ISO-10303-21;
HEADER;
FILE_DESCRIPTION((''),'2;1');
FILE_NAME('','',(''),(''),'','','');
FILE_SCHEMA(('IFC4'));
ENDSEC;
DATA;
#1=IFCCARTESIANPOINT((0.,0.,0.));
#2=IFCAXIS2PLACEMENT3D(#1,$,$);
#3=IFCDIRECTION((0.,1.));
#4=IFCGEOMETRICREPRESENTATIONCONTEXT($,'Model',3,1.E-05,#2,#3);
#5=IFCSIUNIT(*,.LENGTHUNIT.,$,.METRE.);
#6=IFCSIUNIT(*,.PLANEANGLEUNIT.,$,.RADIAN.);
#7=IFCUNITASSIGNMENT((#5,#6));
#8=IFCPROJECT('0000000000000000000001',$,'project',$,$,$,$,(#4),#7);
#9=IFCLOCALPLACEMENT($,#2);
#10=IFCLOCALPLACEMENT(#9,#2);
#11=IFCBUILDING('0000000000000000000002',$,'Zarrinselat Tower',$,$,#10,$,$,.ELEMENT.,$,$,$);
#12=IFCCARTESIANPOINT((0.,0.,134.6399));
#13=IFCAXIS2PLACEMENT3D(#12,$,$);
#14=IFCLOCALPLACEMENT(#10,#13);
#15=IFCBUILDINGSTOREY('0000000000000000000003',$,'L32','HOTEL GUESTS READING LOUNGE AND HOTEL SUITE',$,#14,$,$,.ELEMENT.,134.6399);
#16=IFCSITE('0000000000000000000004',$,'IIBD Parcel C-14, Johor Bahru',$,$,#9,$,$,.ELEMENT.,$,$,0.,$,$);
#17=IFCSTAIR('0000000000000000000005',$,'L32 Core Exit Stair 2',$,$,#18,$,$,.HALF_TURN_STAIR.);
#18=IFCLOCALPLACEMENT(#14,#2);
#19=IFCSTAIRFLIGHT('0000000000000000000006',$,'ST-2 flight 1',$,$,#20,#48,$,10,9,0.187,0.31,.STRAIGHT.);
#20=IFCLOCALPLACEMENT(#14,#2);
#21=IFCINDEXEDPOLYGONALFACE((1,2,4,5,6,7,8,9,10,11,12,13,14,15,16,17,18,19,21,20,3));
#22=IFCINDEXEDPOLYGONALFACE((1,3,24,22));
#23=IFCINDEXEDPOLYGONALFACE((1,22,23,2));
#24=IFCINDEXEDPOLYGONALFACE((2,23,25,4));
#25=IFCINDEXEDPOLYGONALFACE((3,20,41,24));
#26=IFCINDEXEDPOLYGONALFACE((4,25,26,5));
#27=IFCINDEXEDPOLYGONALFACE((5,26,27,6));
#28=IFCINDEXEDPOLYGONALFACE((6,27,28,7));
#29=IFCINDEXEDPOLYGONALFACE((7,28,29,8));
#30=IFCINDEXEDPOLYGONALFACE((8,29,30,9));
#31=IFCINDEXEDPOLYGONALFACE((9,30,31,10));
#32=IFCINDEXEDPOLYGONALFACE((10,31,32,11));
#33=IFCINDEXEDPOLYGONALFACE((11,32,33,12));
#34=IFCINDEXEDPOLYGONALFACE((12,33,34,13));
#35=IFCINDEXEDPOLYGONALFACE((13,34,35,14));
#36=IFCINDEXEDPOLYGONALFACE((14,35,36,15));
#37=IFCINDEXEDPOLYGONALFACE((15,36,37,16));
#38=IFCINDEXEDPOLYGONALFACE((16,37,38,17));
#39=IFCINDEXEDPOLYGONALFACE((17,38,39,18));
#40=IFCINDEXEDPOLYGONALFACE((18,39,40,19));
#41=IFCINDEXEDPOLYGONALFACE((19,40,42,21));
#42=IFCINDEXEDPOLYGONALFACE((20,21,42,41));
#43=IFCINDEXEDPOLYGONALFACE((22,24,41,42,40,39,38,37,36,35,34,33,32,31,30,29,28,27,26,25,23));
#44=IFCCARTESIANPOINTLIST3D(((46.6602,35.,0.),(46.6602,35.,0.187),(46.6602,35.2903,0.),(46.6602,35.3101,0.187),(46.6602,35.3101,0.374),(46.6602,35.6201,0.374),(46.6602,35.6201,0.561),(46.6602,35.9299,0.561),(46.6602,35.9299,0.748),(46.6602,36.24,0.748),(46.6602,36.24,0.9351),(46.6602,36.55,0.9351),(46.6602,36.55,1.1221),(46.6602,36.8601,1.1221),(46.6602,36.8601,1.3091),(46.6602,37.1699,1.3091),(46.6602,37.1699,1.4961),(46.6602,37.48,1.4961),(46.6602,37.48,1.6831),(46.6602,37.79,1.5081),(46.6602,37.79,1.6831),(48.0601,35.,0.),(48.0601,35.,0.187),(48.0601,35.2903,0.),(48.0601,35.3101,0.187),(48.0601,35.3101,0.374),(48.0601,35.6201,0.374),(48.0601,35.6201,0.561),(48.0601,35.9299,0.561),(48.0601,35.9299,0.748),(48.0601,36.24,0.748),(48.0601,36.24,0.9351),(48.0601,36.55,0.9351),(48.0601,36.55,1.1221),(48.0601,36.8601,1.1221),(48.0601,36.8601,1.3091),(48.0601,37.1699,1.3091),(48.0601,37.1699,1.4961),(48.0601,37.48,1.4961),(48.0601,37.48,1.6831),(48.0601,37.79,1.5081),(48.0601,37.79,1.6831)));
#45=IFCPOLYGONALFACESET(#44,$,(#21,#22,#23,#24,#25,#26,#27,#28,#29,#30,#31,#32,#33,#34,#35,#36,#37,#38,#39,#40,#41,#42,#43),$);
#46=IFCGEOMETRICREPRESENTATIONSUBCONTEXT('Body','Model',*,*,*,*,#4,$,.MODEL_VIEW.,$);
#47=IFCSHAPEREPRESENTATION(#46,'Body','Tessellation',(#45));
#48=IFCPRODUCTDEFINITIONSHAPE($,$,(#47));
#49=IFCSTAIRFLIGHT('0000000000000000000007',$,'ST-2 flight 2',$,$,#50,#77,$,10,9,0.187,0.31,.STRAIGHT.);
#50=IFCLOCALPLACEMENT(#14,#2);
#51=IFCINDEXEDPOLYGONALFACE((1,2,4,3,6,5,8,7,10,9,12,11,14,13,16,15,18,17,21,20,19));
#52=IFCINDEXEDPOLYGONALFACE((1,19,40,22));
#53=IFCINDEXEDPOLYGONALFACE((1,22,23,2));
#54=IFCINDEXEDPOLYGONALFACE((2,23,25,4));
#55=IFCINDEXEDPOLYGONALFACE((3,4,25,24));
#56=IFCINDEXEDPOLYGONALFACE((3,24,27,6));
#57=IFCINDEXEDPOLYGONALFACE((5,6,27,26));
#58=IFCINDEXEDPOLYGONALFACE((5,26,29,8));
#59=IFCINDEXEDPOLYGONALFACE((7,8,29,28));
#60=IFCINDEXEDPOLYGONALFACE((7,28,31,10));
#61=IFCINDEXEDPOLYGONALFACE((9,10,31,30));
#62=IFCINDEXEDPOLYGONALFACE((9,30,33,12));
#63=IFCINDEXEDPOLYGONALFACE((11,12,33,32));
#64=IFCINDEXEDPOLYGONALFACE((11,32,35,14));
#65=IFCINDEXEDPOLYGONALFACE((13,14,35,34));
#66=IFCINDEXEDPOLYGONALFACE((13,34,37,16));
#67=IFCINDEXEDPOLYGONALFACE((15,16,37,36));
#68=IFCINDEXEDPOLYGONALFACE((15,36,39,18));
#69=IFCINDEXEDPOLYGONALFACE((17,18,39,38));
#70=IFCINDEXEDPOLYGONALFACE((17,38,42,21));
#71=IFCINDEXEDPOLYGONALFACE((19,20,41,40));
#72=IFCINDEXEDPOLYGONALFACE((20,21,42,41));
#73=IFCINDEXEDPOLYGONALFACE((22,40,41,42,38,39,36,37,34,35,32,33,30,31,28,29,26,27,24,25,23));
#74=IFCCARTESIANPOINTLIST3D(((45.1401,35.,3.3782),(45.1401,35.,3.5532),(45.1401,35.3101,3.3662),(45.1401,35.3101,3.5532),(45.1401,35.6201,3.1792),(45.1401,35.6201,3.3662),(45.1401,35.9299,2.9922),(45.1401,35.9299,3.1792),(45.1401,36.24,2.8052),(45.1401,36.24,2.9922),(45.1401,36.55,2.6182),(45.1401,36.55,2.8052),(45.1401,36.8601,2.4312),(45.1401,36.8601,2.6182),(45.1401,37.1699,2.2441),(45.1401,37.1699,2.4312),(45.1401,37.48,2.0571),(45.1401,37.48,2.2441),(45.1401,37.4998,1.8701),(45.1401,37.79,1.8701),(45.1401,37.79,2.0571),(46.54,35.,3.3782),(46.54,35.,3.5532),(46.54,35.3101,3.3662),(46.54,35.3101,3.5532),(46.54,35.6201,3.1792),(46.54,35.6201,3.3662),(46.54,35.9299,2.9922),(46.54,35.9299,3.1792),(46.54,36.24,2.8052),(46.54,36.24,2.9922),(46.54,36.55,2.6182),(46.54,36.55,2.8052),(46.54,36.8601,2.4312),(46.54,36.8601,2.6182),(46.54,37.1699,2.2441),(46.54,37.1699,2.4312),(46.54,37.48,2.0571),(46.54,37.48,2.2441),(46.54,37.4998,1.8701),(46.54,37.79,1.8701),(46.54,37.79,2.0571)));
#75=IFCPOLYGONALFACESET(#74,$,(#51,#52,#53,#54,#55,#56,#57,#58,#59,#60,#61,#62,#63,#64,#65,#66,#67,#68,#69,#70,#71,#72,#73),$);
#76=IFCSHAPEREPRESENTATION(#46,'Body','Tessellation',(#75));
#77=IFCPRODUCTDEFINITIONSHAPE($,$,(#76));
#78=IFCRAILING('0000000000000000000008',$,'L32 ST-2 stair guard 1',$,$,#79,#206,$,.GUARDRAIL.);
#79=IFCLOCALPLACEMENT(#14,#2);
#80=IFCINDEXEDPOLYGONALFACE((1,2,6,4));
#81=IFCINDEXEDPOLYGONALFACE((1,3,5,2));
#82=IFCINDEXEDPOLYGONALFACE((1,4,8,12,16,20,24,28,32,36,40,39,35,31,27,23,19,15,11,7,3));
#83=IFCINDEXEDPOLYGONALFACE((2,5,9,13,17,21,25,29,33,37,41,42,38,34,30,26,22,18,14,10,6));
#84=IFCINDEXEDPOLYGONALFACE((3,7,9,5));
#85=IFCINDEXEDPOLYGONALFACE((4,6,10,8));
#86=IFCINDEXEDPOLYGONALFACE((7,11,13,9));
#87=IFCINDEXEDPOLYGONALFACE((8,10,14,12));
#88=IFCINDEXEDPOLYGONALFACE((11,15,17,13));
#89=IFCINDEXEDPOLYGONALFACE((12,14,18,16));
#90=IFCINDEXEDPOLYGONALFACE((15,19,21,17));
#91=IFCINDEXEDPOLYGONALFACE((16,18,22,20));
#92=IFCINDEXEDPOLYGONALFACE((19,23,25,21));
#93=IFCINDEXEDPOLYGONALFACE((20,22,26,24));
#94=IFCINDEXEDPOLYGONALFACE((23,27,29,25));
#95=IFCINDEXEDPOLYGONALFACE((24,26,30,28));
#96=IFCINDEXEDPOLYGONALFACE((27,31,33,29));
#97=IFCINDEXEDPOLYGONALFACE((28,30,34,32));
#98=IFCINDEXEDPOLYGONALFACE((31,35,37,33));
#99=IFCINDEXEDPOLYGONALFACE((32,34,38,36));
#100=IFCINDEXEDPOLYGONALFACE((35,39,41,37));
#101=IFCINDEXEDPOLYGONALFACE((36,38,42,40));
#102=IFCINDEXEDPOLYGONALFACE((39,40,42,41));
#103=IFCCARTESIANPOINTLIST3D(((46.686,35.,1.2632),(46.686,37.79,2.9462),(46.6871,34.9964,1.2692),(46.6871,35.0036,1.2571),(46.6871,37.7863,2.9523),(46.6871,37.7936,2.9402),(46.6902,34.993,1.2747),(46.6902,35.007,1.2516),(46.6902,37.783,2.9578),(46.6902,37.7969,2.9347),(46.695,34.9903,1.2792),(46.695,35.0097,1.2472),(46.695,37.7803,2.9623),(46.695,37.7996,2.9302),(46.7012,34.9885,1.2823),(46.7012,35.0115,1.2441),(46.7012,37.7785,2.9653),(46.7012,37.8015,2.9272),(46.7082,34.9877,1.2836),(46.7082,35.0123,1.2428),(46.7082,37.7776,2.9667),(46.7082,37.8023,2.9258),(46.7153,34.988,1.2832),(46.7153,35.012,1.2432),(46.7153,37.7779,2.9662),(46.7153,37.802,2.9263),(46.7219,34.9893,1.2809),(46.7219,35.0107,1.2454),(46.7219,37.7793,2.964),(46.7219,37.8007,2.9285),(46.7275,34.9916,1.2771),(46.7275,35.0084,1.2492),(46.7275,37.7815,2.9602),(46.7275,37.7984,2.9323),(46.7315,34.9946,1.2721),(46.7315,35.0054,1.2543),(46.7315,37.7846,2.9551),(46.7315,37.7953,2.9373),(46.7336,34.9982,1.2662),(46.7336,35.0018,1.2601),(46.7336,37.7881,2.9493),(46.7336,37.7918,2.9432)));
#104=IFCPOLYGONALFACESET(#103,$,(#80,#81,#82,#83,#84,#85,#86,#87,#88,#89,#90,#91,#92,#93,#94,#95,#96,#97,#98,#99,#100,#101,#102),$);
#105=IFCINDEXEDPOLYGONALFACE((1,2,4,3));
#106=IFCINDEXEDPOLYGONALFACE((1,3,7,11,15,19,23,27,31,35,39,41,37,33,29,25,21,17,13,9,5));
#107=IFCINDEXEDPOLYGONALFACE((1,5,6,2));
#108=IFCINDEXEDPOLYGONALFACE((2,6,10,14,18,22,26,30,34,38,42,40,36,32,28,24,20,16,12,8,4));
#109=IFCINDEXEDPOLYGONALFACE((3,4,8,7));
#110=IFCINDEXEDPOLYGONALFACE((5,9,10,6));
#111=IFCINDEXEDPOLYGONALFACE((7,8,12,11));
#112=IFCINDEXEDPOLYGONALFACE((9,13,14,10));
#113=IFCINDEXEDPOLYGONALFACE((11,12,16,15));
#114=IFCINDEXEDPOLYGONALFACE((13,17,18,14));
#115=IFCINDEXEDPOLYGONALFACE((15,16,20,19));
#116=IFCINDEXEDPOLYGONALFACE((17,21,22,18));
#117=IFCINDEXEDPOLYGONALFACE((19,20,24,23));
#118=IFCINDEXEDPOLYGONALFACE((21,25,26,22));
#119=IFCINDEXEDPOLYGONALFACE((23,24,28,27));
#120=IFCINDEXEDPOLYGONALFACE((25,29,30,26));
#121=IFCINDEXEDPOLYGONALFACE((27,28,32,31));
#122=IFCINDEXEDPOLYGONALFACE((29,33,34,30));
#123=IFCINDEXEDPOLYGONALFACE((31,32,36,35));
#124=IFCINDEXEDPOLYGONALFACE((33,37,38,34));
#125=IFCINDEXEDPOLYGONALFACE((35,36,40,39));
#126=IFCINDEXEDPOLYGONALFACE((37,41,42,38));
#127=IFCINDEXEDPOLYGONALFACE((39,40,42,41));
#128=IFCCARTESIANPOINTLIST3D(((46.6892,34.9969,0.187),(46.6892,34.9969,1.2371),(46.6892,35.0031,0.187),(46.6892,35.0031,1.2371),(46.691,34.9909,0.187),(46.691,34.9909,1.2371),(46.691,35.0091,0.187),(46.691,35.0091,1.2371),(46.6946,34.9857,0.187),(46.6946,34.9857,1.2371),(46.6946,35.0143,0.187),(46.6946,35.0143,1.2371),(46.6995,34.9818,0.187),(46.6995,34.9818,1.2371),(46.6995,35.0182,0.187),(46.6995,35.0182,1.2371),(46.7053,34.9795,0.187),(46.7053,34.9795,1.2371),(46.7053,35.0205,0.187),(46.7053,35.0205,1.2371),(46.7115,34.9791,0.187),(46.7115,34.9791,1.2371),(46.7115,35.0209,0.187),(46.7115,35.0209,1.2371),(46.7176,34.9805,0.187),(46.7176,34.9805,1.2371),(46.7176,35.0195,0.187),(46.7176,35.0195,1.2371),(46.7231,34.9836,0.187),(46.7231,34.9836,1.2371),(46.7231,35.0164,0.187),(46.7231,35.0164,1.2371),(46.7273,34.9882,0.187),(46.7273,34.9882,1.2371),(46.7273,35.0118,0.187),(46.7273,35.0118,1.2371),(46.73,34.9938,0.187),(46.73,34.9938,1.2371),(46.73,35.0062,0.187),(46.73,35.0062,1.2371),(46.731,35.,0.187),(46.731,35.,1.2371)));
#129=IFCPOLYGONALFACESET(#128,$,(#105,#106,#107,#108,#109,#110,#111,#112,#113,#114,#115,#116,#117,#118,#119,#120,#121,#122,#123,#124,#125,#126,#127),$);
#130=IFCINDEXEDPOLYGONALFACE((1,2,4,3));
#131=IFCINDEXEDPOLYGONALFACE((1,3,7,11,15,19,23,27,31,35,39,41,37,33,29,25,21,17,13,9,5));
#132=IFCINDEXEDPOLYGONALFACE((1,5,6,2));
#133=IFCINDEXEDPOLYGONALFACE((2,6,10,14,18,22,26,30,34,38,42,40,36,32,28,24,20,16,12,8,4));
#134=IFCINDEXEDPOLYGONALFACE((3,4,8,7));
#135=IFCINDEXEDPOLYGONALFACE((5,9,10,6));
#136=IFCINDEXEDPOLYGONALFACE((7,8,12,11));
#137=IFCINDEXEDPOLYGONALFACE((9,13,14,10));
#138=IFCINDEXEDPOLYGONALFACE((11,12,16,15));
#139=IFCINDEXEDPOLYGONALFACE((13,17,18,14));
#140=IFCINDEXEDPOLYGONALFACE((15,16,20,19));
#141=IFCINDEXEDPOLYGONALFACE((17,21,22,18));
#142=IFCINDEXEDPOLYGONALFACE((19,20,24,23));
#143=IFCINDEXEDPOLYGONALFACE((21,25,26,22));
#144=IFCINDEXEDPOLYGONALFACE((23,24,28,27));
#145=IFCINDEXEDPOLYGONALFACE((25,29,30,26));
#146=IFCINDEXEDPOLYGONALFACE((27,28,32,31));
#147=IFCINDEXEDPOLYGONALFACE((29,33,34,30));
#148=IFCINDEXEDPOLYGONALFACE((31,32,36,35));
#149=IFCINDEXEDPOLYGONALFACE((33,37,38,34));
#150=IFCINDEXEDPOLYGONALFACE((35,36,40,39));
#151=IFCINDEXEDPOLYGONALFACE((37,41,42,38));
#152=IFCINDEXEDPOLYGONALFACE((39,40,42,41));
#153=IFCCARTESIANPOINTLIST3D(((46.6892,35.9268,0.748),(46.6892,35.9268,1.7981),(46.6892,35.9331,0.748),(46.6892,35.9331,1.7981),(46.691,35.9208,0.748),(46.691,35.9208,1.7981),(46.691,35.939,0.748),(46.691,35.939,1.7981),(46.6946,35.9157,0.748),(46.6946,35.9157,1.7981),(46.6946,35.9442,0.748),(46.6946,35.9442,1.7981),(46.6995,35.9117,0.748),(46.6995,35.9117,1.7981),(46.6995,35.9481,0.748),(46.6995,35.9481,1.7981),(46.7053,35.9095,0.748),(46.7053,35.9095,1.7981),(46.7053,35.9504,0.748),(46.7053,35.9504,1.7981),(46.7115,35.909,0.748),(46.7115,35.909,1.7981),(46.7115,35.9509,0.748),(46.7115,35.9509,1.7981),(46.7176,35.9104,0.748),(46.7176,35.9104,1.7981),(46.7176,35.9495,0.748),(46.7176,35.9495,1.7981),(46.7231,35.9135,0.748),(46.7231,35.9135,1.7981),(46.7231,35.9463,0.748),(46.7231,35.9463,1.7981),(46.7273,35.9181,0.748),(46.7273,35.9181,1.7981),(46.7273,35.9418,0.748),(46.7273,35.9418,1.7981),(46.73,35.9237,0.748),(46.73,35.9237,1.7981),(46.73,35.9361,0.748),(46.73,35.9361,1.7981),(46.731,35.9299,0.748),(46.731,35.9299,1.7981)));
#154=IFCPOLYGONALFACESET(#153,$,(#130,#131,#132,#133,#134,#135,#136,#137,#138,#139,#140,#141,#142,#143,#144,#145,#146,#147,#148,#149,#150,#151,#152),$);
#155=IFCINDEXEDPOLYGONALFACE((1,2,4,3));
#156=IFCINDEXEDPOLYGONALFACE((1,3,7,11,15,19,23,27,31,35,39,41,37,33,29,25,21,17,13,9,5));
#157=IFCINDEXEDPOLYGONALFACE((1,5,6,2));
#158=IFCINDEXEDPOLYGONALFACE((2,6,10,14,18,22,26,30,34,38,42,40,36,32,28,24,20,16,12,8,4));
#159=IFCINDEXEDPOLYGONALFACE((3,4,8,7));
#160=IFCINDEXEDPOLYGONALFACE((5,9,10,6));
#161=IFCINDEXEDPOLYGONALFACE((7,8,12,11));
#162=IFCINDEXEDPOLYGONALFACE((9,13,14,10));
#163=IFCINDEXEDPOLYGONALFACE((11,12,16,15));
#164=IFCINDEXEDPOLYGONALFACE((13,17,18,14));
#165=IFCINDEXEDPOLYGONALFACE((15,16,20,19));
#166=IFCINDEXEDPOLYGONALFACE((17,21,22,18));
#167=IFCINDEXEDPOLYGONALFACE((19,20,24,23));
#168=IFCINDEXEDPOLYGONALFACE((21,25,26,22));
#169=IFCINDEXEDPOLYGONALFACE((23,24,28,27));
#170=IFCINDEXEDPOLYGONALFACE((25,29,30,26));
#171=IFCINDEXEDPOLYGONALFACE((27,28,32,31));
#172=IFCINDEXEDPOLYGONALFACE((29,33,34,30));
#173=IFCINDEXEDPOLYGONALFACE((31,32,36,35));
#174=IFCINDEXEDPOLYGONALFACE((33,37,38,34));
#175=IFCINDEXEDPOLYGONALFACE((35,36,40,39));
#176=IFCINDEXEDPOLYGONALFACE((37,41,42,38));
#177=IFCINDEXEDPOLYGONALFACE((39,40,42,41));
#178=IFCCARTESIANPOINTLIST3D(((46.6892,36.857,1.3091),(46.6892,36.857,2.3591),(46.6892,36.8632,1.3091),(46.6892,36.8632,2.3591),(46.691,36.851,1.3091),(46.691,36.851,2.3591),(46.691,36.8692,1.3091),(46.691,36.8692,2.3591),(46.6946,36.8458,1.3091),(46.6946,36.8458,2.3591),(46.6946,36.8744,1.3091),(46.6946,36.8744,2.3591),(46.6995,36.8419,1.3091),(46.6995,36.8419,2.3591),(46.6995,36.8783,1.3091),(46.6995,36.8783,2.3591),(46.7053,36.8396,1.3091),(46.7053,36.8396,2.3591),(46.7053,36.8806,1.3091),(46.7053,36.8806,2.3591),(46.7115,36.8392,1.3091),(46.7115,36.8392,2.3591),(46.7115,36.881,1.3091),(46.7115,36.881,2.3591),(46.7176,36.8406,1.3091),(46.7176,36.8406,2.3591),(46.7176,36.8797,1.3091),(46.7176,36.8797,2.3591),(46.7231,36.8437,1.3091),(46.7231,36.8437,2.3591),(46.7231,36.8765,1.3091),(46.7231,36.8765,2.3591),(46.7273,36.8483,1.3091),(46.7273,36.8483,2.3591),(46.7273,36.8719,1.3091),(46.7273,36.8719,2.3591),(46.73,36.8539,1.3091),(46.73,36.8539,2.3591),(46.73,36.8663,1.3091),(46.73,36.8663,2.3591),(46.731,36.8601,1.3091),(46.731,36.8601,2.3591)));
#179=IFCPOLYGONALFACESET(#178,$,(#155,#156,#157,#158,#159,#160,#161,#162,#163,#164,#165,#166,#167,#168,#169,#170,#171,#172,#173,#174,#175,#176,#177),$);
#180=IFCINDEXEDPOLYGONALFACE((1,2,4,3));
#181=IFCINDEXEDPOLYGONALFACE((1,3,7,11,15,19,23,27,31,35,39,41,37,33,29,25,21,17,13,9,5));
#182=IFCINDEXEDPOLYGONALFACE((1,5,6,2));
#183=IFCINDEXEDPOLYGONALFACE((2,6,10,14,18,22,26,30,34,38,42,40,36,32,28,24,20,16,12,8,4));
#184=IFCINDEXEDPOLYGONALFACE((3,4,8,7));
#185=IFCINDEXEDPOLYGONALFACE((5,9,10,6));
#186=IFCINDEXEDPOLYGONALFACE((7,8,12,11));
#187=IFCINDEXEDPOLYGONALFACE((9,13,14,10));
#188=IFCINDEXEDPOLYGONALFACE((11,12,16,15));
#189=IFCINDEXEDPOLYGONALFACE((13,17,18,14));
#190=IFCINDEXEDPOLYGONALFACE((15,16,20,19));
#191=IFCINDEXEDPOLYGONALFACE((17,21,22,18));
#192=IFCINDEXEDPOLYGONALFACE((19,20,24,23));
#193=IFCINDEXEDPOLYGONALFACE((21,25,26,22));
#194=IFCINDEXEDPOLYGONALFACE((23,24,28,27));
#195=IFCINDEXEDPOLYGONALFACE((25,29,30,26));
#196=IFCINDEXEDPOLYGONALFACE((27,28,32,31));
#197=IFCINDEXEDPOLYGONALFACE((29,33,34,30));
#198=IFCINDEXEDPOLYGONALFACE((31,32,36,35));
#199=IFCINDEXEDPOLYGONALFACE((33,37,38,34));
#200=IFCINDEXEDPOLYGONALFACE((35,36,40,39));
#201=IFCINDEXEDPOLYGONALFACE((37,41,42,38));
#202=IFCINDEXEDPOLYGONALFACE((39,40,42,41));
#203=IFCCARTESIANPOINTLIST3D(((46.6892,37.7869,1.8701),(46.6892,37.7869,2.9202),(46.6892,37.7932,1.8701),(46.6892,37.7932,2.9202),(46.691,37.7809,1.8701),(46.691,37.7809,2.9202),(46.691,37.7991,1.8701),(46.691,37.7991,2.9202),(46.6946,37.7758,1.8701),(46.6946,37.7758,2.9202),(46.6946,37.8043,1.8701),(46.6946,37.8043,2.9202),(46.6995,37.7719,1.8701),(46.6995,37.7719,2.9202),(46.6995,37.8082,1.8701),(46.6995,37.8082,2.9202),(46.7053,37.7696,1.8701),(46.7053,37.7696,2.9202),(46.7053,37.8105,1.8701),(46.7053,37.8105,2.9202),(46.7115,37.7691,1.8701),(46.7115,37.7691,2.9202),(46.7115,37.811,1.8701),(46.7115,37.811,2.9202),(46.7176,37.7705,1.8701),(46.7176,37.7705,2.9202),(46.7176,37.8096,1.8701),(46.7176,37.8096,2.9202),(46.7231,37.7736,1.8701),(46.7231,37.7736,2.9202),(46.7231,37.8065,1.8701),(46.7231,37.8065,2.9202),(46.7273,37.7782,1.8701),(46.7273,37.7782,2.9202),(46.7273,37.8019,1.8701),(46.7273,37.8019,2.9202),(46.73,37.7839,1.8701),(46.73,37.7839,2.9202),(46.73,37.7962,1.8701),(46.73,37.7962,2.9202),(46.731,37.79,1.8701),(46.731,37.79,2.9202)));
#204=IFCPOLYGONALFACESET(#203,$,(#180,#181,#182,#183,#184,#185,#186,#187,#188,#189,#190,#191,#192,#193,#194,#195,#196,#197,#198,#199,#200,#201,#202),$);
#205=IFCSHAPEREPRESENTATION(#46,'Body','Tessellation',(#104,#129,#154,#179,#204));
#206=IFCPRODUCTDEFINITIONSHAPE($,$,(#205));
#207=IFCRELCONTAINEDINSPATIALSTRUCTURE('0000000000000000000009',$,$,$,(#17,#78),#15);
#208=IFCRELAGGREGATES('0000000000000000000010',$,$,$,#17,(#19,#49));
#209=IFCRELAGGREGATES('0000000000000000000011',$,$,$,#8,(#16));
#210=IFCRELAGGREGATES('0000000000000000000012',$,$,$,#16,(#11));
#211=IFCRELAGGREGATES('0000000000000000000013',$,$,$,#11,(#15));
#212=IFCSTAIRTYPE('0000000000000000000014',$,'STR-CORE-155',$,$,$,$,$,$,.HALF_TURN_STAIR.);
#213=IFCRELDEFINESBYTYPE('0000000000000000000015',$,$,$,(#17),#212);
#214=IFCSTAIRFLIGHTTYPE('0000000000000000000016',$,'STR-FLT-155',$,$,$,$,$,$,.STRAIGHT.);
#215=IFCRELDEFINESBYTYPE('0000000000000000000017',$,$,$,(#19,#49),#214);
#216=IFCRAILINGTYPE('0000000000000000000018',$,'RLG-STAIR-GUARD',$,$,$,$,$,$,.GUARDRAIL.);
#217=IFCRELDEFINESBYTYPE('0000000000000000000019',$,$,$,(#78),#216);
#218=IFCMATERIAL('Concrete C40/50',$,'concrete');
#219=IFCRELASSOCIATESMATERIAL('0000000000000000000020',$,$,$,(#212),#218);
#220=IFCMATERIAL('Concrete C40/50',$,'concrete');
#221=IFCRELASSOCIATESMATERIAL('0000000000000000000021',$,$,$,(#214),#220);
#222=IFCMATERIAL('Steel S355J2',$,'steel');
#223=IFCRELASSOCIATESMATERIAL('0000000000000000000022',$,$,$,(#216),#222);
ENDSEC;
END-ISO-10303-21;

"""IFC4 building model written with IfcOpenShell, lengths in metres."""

from ifc_helpers import new_model, si_unit, direction, frame, origin, origin_2d, place, context, subcontext, project, spatial, polyline, circle, outline, extrude, material, type_object, element, aggregate, save


model = new_model("IFC4")

# Units and contexts
model_context = context("Model", 3, precision=1e-05, world=origin(), true_north=direction((0.0, 1.0)))
body_context = subcontext(model_context, "Body", "Model", "MODEL_VIEW")
ifc_project = project(units=[si_unit("LENGTHUNIT", "METRE"), si_unit("PLANEANGLEUNIT", "RADIAN")], contexts=[model_context])

# Site, building, storey
site_placement = place(None, origin())
site = spatial("IfcSite", under=ifc_project, at=site_placement, Name="IIBD Parcel C-14, Johor Bahru", CompositionType="ELEMENT", RefElevation=0.0)
building_placement = place(site_placement, origin())
building = spatial("IfcBuilding", under=site, at=building_placement, Name="Zarrinselat Tower", CompositionType="ELEMENT")
storey_placement = place(building_placement, frame((0.0, 0.0, 134.6399)))
storey = spatial("IfcBuildingStorey", under=building, at=storey_placement, Name="L32", Description="HOTEL GUESTS READING LOUNGE AND HOTEL SUITE", CompositionType="ELEMENT", Elevation=134.6399)

# Stair, stair flights
ifc_material_1 = material(Name="Concrete C40/50", Category="concrete")
stair_type = type_object("IfcStairType", Name="STR-CORE-155", PredefinedType="HALF_TURN_STAIR", material=ifc_material_1)
stair_placement = place(storey_placement, origin())
stair = element("IfcStair", 1, at=stair_placement, inside=storey, type_object=stair_type, Name="L32 Core Exit Stair 2", PredefinedType="HALF_TURN_STAIR")
ifc_material_2 = material(Name="Concrete C40/50", Category="concrete")
stair_flight_type = type_object("IfcStairFlightType", Name="STR-FLT-155", PredefinedType="STRAIGHT", material=ifc_material_2)
stair_flight_1_placement = place(storey_placement, frame((47.3601, 35.0, 0.0), z_axis=(0.0, 0.0, 1.0), x_axis=(0.0, 1.0, 0.0)))
stair_flight_1 = element("IfcStairFlight", 2, at=stair_flight_1_placement, type_object=stair_flight_type, Name="ST-2 flight 1", NumberOfRisers=10, NumberOfTreads=9, PredefinedType="STRAIGHT", RiserHeight=0.187, TreadLength=0.31, context=body_context, shape_type="SweptSolid", body=[
    extrude(outline(polyline([(0.0, 0.0), (0.0, 0.187), (0.3101, 0.187), (0.3101, 0.374), (0.6201, 0.374), (0.6201, 0.561), (0.9299, 0.561), (0.9299, 0.748), (1.24, 0.748), (1.24, 0.9351), (1.55, 0.9351), (1.55, 1.1221), (1.8601, 1.1221), (1.8601, 1.3091), (2.1699, 1.3091), (2.1699, 1.4961), (2.48, 1.4961), (2.48, 1.6831), (2.79, 1.6831), (2.79, 1.8701), (2.79, 1.5081), (0.2903, 0.0), (0.0, 0.0)])), frame((0.0, 0.7, 0.0), z_axis=(0.0, -1.0, 0.0), x_axis=(1.0, 0.0, 0.0)), (0.0, 0.0, 1.0), 1.3999),
])
stair_flight_2_placement = place(storey_placement, frame((45.8401, 37.79, 1.8701), z_axis=(0.0, 0.0, 1.0), x_axis=(0.0, -1.0, 0.0)))
stair_flight_2 = element("IfcStairFlight", 3, at=stair_flight_2_placement, type_object=stair_flight_type, Name="ST-2 flight 2", NumberOfRisers=10, NumberOfTreads=9, PredefinedType="STRAIGHT", RiserHeight=0.187, TreadLength=0.31, context=body_context, shape_type="SweptSolid", body=[
    extrude(outline(polyline([(0.0, 0.0), (0.0, 0.187), (0.3101, 0.187), (0.3101, 0.374), (0.6201, 0.374), (0.6201, 0.561), (0.9299, 0.561), (0.9299, 0.748), (1.24, 0.748), (1.24, 0.9351), (1.55, 0.9351), (1.55, 1.1221), (1.8601, 1.1221), (1.8601, 1.3091), (2.1699, 1.3091), (2.1699, 1.4961), (2.48, 1.4961), (2.48, 1.6831), (2.79, 1.6831), (2.79, 1.8701), (2.79, 1.5081), (0.2903, 0.0), (0.0, 0.0)])), frame((0.0, 0.7, 0.0), z_axis=(0.0, -1.0, 0.0), x_axis=(1.0, 0.0, 0.0)), (0.0, 0.0, 1.0), 1.3999),
])
aggregate(stair, [stair_flight_1, stair_flight_2])

# Railing
ifc_material_3 = material(Name="Steel S355J2", Category="steel")
railing_type_1 = type_object("IfcRailingType", Name="RLG-STAIR-GUARD", PredefinedType="GUARDRAIL", material=ifc_material_3)
railing_1_placement = place(storey_placement, frame((46.71, 35.0, 0.187)))
element("IfcRailing", 4, at=railing_1_placement, inside=storey, type_object=railing_type_1, Name="L32 ST-2 stair guard 1", PredefinedType="GUARDRAIL", context=body_context, shape_type="SweptSolid", body=[
    extrude(circle(Radius=0.0239, at=origin_2d()), frame((0.0, 0.0, 1.0762), z_axis=(0.0, 0.856261, 0.516544), x_axis=(-1.0, 0.0, 0.0)), (0.0, 0.0, 1.0), 3.2583),
    extrude(circle(Radius=0.021, at=origin_2d()), origin(), (0.0, 0.0, 1.0), 1.05),
    extrude(circle(Radius=0.021, at=origin_2d()), frame((0.0, 0.9299, 0.561)), (0.0, 0.0, 1.0), 1.05),
    extrude(circle(Radius=0.021, at=origin_2d()), frame((0.0, 1.8601, 1.1221)), (0.0, 0.0, 1.0), 1.05),
    extrude(circle(Radius=0.021, at=origin_2d()), frame((0.0, 2.79, 1.6831)), (0.0, 0.0, 1.0), 1.05),
])

save(model, "model.ifc")
